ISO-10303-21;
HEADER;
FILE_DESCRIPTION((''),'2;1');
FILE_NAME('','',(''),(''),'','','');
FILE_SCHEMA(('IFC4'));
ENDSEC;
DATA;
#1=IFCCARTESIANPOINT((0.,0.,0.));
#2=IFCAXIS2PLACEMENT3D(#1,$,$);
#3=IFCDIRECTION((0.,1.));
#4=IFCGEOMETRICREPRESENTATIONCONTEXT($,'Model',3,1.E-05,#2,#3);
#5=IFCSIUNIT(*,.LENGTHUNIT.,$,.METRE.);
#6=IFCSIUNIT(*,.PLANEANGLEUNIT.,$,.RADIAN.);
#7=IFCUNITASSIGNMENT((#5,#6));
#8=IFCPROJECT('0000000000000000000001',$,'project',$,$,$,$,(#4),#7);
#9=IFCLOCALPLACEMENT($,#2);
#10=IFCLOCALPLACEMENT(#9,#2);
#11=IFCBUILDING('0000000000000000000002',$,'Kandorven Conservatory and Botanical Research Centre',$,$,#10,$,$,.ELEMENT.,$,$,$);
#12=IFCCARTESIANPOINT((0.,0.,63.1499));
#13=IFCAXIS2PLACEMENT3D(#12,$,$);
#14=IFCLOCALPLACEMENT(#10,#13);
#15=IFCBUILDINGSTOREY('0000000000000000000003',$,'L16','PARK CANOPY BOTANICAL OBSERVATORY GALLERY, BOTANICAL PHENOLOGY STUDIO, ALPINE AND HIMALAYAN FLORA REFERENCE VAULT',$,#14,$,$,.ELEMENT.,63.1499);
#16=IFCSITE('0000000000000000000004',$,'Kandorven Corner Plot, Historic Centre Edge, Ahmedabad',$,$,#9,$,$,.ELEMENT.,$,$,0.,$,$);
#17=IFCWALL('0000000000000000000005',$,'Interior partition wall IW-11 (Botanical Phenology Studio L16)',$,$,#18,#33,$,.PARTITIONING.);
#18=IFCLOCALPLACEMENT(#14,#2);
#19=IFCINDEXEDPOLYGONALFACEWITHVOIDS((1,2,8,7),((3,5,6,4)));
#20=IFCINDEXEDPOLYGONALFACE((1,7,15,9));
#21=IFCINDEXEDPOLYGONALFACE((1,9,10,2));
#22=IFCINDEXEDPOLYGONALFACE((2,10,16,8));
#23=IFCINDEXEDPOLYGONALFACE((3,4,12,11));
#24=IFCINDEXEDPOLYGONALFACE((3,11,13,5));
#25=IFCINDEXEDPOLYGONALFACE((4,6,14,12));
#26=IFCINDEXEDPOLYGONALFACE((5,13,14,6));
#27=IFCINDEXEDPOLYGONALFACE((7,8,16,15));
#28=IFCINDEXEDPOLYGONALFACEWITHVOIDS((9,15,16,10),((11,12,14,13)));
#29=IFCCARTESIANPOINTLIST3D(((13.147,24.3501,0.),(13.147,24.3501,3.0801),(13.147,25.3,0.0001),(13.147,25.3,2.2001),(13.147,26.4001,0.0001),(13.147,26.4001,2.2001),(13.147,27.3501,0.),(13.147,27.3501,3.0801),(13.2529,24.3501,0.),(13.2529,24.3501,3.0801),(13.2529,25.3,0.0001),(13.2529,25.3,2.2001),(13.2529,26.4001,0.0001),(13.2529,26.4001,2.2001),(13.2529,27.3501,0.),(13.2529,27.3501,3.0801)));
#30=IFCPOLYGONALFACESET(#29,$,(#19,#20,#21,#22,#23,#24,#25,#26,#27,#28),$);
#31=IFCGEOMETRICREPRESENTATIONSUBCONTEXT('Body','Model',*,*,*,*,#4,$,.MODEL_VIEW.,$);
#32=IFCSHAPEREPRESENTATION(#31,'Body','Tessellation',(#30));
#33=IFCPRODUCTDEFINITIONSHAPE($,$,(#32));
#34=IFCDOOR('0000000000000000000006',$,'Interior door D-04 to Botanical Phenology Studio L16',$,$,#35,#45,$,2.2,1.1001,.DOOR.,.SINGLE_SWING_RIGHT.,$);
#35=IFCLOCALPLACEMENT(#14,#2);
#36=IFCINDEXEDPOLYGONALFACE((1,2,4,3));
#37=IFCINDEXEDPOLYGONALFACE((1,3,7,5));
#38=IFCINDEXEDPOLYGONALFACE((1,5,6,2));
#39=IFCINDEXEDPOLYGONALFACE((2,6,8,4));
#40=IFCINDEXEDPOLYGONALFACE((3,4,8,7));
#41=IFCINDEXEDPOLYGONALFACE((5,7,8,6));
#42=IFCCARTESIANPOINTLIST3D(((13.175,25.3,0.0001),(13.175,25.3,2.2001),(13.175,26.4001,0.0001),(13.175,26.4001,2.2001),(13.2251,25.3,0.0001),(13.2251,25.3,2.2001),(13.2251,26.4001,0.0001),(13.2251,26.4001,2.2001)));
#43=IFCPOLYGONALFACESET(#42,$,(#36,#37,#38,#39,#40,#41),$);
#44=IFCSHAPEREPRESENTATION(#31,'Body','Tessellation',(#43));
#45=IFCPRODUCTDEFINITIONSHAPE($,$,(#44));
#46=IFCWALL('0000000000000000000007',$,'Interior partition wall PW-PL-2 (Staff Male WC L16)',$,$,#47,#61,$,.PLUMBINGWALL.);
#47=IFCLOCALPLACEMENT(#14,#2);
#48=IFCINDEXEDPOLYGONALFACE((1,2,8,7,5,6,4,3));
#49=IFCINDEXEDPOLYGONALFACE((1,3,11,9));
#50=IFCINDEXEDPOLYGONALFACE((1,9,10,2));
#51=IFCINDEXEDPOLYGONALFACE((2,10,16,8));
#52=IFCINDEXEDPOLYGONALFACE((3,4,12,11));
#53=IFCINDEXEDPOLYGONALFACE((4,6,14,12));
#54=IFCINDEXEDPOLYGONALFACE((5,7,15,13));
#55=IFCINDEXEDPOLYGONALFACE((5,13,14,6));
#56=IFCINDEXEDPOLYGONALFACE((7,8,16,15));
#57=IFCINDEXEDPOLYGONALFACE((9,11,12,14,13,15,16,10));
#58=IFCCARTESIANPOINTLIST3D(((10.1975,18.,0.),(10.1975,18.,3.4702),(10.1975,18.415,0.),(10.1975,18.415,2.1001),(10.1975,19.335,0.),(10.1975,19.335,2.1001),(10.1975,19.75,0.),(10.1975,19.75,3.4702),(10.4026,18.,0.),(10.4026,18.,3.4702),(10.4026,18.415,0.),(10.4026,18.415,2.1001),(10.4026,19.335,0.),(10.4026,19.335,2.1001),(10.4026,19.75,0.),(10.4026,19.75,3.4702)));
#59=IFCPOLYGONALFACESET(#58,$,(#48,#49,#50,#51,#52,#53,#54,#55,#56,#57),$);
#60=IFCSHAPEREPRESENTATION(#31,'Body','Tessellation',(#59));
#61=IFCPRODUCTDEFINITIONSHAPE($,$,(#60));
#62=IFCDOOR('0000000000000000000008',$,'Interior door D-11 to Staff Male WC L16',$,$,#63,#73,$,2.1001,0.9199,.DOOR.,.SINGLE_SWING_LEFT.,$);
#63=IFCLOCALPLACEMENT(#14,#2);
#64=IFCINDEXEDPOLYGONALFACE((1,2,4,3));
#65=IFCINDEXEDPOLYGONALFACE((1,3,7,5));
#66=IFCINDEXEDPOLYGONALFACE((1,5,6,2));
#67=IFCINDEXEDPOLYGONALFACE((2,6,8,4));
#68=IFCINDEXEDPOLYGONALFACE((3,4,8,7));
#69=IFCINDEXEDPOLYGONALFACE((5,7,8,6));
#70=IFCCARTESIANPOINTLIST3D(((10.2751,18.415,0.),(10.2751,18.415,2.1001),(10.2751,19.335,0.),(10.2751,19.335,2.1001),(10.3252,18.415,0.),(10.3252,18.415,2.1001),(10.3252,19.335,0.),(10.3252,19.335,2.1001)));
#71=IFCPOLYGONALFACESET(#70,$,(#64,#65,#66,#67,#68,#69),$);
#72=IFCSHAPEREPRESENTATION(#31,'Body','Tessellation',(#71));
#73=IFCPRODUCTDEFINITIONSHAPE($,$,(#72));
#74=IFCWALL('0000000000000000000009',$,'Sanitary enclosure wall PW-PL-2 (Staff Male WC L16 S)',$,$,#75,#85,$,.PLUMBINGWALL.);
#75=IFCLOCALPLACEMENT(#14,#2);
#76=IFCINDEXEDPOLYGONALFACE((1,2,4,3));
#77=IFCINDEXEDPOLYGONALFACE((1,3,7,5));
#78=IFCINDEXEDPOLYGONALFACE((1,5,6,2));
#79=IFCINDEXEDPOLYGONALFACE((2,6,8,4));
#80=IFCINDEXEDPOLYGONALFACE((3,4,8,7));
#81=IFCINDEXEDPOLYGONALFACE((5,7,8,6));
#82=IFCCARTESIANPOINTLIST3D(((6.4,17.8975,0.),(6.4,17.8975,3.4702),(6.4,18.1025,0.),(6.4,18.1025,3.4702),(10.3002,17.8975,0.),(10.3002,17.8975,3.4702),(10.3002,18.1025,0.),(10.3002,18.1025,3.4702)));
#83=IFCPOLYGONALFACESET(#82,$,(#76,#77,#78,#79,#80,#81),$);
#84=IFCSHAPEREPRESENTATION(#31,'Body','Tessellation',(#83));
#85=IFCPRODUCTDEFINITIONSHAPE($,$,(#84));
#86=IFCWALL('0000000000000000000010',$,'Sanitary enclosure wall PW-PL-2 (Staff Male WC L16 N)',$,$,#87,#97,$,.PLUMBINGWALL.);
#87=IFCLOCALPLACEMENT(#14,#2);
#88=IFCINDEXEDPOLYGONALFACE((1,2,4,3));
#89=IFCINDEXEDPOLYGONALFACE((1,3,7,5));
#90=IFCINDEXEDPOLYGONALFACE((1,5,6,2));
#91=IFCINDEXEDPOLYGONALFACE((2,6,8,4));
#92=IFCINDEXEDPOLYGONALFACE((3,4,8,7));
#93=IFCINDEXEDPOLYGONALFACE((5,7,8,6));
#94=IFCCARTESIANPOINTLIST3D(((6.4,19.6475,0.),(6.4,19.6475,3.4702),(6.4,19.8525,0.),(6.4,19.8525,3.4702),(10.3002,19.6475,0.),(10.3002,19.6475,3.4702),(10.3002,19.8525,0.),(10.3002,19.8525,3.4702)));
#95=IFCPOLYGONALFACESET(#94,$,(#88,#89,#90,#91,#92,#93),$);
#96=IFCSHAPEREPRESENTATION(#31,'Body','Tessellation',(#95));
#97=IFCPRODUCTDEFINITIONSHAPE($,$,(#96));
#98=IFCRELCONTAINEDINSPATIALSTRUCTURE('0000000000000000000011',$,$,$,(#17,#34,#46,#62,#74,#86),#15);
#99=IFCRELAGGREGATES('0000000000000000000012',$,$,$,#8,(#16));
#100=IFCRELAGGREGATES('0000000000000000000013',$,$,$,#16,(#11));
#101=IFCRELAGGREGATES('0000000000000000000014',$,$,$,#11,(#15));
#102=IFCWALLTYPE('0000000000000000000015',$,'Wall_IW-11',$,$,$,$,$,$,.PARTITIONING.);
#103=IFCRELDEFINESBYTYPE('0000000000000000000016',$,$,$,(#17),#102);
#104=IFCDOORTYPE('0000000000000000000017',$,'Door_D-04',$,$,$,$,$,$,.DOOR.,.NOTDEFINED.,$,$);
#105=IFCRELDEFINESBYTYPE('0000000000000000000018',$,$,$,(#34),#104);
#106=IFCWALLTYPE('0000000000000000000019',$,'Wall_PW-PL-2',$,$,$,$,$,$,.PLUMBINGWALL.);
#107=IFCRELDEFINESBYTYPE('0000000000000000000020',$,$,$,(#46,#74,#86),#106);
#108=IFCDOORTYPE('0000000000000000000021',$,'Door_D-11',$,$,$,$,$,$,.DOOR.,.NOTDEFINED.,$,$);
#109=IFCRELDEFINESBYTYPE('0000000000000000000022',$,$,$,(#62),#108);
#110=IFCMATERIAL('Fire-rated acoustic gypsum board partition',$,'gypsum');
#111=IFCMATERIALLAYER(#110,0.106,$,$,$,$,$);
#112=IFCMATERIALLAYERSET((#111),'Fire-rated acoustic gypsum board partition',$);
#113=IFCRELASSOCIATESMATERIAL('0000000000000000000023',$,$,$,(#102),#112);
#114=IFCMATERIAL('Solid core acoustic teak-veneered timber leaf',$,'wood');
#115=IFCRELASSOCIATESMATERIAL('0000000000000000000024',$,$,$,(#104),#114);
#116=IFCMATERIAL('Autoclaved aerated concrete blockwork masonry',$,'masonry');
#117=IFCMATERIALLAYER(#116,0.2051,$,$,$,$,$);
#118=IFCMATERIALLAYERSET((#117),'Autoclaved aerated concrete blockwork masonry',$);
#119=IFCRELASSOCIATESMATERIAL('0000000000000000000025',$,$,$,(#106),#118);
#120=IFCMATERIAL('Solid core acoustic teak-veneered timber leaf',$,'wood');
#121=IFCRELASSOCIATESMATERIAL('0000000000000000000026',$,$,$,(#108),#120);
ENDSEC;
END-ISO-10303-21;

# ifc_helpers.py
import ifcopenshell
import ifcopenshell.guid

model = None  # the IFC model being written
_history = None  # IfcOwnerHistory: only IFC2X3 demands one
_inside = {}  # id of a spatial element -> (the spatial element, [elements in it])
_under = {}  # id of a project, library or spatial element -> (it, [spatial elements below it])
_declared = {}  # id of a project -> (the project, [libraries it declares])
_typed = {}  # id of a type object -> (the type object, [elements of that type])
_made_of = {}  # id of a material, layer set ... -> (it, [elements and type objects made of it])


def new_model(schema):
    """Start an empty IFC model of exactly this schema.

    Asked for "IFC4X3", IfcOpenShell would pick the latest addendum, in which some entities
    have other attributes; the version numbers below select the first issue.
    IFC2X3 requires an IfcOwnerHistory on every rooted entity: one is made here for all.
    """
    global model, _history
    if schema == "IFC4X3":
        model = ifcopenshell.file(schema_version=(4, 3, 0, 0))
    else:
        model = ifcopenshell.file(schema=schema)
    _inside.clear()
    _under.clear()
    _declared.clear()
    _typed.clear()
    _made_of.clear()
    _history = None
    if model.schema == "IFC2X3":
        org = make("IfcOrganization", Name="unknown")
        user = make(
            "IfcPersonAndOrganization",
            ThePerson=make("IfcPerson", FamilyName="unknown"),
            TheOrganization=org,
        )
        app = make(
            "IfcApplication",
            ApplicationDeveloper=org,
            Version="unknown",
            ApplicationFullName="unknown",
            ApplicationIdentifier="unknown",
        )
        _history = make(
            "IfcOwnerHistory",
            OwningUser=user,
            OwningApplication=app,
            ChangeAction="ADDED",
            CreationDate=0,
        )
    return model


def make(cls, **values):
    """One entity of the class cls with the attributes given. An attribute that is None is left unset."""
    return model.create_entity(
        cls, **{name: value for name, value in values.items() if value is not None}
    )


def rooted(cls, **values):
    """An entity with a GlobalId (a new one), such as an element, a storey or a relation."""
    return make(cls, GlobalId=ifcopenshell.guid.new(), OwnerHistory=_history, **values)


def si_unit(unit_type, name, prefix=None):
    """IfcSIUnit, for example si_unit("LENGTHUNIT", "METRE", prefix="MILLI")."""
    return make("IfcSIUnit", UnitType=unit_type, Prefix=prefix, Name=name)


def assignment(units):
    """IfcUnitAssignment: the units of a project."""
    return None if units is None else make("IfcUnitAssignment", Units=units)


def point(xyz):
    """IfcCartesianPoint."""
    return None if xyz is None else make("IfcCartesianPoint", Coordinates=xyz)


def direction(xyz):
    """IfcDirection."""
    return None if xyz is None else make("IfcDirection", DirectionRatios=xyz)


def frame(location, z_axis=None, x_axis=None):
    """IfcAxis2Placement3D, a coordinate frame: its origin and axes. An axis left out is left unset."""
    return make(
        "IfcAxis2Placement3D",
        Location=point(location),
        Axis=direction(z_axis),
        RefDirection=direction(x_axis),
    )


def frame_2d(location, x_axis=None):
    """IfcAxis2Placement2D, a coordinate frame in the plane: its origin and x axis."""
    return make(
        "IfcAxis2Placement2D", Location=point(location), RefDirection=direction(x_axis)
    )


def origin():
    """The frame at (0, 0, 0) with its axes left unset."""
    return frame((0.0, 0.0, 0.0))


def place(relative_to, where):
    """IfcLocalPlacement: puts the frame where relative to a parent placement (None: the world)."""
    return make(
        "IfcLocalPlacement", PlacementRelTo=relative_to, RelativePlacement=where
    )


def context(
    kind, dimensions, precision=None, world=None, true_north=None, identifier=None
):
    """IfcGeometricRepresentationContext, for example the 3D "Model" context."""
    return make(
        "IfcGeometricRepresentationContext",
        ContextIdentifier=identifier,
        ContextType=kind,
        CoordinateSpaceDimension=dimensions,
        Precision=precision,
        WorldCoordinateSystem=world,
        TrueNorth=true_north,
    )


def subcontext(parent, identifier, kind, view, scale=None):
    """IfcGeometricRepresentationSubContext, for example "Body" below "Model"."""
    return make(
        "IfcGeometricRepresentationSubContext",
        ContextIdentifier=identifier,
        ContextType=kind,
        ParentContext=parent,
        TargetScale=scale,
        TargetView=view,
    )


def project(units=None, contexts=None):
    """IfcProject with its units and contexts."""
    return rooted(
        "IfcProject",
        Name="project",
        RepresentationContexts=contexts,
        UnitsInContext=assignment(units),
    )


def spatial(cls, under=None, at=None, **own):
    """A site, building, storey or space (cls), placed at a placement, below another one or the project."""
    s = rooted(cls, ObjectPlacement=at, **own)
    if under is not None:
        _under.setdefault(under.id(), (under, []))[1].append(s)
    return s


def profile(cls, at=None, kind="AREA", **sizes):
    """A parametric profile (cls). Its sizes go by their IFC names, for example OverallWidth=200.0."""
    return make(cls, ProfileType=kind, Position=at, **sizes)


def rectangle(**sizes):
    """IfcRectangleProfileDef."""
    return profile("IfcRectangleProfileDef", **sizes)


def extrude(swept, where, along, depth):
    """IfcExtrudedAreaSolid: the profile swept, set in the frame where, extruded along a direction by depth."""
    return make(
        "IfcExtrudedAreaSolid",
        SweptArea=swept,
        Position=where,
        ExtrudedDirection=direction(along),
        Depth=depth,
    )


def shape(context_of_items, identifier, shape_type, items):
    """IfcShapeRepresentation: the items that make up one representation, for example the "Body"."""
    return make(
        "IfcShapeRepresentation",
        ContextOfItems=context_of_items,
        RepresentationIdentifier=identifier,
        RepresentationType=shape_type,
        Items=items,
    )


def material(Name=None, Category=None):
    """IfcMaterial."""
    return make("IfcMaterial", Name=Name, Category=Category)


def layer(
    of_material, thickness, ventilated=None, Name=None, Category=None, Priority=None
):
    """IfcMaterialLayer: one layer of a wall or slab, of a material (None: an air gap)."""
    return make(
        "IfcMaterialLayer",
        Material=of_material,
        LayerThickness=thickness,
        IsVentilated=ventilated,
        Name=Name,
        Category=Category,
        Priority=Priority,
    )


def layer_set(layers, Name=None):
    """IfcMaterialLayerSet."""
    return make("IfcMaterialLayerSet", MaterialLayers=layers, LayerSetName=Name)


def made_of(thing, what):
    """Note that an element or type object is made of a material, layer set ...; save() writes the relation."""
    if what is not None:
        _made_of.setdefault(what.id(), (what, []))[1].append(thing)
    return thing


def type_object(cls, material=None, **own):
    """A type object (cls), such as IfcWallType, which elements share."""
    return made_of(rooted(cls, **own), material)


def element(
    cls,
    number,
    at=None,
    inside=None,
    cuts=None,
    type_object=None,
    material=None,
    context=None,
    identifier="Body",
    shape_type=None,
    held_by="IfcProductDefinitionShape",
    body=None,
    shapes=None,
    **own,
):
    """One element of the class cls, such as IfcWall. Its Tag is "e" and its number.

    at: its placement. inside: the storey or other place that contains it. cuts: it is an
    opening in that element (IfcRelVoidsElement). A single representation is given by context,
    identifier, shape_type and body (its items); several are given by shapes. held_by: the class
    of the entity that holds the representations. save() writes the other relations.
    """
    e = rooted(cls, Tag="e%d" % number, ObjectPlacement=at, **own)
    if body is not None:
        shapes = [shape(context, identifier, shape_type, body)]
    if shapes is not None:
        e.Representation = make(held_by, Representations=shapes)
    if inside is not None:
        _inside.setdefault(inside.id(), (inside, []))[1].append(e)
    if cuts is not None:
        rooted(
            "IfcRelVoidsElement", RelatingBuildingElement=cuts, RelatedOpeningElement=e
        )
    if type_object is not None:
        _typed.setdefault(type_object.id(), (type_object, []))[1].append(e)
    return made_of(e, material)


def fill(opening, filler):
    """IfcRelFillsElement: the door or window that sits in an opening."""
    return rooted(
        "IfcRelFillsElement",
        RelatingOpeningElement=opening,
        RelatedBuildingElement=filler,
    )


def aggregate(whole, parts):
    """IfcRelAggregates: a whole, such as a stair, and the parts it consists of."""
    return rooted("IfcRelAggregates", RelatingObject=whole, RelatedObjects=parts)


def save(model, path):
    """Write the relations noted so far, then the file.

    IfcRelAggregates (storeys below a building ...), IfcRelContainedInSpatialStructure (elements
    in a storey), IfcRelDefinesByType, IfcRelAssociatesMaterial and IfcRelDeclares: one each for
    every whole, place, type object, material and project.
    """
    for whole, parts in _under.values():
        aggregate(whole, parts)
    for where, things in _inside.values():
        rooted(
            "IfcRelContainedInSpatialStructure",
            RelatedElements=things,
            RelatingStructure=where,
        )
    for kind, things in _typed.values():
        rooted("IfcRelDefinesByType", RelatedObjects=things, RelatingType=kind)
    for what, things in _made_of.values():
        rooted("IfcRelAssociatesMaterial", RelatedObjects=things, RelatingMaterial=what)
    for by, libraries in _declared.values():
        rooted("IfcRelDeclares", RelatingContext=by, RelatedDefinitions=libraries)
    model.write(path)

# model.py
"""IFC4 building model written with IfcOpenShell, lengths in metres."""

from ifc_helpers import new_model, si_unit, direction, frame, frame_2d, origin, place, context, subcontext, project, spatial, rectangle, extrude, material, layer, layer_set, type_object, element, fill, save


model = new_model("IFC4")

# Units and contexts
model_context = context("Model", 3, precision=1e-05, world=origin(), true_north=direction((0.0, 1.0)))
body_context = subcontext(model_context, "Body", "Model", "MODEL_VIEW")
ifc_project = project(units=[si_unit("LENGTHUNIT", "METRE"), si_unit("PLANEANGLEUNIT", "RADIAN")], contexts=[model_context])

# Site, building, storey
site_placement = place(None, origin())
site = spatial("IfcSite", under=ifc_project, at=site_placement, Name="Kandorven Corner Plot, Historic Centre Edge, Ahmedabad", CompositionType="ELEMENT", RefElevation=0.0)
building_placement = place(site_placement, origin())
building = spatial("IfcBuilding", under=site, at=building_placement, Name="Kandorven Conservatory and Botanical Research Centre", CompositionType="ELEMENT")
storey_placement = place(building_placement, frame((0.0, 0.0, 63.1499)))
storey = spatial("IfcBuildingStorey", under=building, at=storey_placement, Name="L16", Description="PARK CANOPY BOTANICAL OBSERVATORY GALLERY, BOTANICAL PHENOLOGY STUDIO, ALPINE AND HIMALAYAN FLORA REFERENCE VAULT", CompositionType="ELEMENT", Elevation=63.1499)

# Walls, openings, doors
ifc_material_1 = material(Name="Fire-rated acoustic gypsum board partition", Category="gypsum")
ifc_layer_1 = layer(ifc_material_1, 0.106)
ifc_layer_set_1 = layer_set([ifc_layer_1], Name="Fire-rated acoustic gypsum board partition")
wall_type_1 = type_object("IfcWallType", Name="Wall_IW-11", PredefinedType="PARTITIONING", material=ifc_layer_set_1)
wall_1_placement = place(storey_placement, frame((13.2, 24.3501, 0.0), z_axis=(0.0, 0.0, 1.0), x_axis=(0.0, 1.0, 0.0)))
wall_1 = element("IfcWall", 1, at=wall_1_placement, inside=storey, type_object=wall_type_1, Name="Interior partition wall IW-11 (Botanical Phenology Studio L16)", PredefinedType="PARTITIONING", context=body_context, shape_type="SweptSolid", body=[
    extrude(rectangle(XDim=3.0, YDim=0.106, at=frame_2d((1.5, 0.0))), origin(), (0.0, 0.0, 1.0), 3.0801),
])
opening_1_placement = place(wall_1_placement, frame((0.95, 0.0, 0.0)))
opening_1 = element("IfcOpeningElement", 2, at=opening_1_placement, cuts=wall_1, PredefinedType="OPENING", context=body_context, shape_type="SweptSolid", body=[
    extrude(rectangle(XDim=1.1001, YDim=2.2, at=frame_2d((0.55, 1.1001))), frame((0.0, 0.063, 0.0), z_axis=(0.0, -1.0, 0.0), x_axis=(1.0, 0.0, 0.0)), (0.0, 0.0, 1.0), 0.126),
])
ifc_material_2 = material(Name="Solid core acoustic teak-veneered timber leaf", Category="wood")
door_type_1 = type_object("IfcDoorType", Name="Door_D-04", OperationType="NOTDEFINED", PredefinedType="DOOR", material=ifc_material_2)
door_1_placement = place(opening_1_placement, origin())
door_1 = element("IfcDoor", 3, at=door_1_placement, inside=storey, type_object=door_type_1, Name="Interior door D-04 to Botanical Phenology Studio L16", OperationType="SINGLE_SWING_RIGHT", OverallHeight=2.2, OverallWidth=1.1001, PredefinedType="DOOR", context=body_context, shape_type="SweptSolid", body=[
    extrude(rectangle(XDim=1.1001, YDim=2.2, at=frame_2d((0.55, 1.1001))), frame((0.0, 0.0249, 0.0), z_axis=(0.0, -1.0, 0.0), x_axis=(1.0, 0.0, 0.0)), (0.0, 0.0, 1.0), 0.05),
])
fill(opening_1, door_1)
ifc_material_3 = material(Name="Autoclaved aerated concrete blockwork masonry", Category="masonry")
ifc_layer_2 = layer(ifc_material_3, 0.2051)
ifc_layer_set_2 = layer_set([ifc_layer_2], Name="Autoclaved aerated concrete blockwork masonry")
wall_type_2 = type_object("IfcWallType", Name="Wall_PW-PL-2", PredefinedType="PLUMBINGWALL", material=ifc_layer_set_2)
wall_2_placement = place(storey_placement, frame((10.3, 18.0, 0.0), z_axis=(0.0, 0.0, 1.0), x_axis=(0.0, 1.0, 0.0)))
wall_2 = element("IfcWall", 4, at=wall_2_placement, inside=storey, type_object=wall_type_2, Name="Interior partition wall PW-PL-2 (Staff Male WC L16)", PredefinedType="PLUMBINGWALL", context=body_context, shape_type="SweptSolid", body=[
    extrude(rectangle(XDim=1.75, YDim=0.2051, at=frame_2d((0.875, 0.0))), origin(), (0.0, 0.0, 1.0), 3.4702),
])
opening_2_placement = place(wall_2_placement, frame((0.415, 0.0, 0.0)))
opening_2 = element("IfcOpeningElement", 5, at=opening_2_placement, cuts=wall_2, PredefinedType="OPENING", context=body_context, shape_type="SweptSolid", body=[
    extrude(rectangle(XDim=0.9199, YDim=2.1001, at=frame_2d((0.46, 1.05))), frame((0.0, 0.1125, 0.0), z_axis=(0.0, -1.0, 0.0), x_axis=(1.0, 0.0, 0.0)), (0.0, 0.0, 1.0), 0.2251),
])
ifc_material_4 = material(Name="Solid core acoustic teak-veneered timber leaf", Category="wood")
door_type_2 = type_object("IfcDoorType", Name="Door_D-11", OperationType="NOTDEFINED", PredefinedType="DOOR", material=ifc_material_4)
door_2_placement = place(opening_2_placement, origin())
door_2 = element("IfcDoor", 6, at=door_2_placement, inside=storey, type_object=door_type_2, Name="Interior door D-11 to Staff Male WC L16", OperationType="SINGLE_SWING_LEFT", OverallHeight=2.1001, OverallWidth=0.9199, PredefinedType="DOOR", context=body_context, shape_type="SweptSolid", body=[
    extrude(rectangle(XDim=0.9199, YDim=2.1001, at=frame_2d((0.46, 1.05))), frame((0.0, 0.0249, 0.0), z_axis=(0.0, -1.0, 0.0), x_axis=(1.0, 0.0, 0.0)), (0.0, 0.0, 1.0), 0.05),
])
fill(opening_2, door_2)

# Walls
for number, where, z_axis, x_axis, name in (
    (7, (6.3999, 18.0, 0.0), (0.0, 0.0, 1.0), (1.0, 0.0, 0.0), "Sanitary enclosure wall PW-PL-2 (Staff Male WC L16 S)"),
    (8, (6.3999, 19.75, 0.0), (0.0, 0.0, 1.0), (1.0, 0.0, 0.0), "Sanitary enclosure wall PW-PL-2 (Staff Male WC L16 N)"),
):
    element("IfcWall", number, at=place(storey_placement, frame(where, z_axis=z_axis, x_axis=x_axis)), inside=storey, type_object=wall_type_2, Name=name, PredefinedType="PLUMBINGWALL", context=body_context, shape_type="SweptSolid", body=[
        extrude(rectangle(XDim=3.9001, YDim=0.2051, at=frame_2d((1.9502, 0.0))), origin(), (0.0, 0.0, 1.0), 3.4702),
    ])

save(model, "model.ifc")
